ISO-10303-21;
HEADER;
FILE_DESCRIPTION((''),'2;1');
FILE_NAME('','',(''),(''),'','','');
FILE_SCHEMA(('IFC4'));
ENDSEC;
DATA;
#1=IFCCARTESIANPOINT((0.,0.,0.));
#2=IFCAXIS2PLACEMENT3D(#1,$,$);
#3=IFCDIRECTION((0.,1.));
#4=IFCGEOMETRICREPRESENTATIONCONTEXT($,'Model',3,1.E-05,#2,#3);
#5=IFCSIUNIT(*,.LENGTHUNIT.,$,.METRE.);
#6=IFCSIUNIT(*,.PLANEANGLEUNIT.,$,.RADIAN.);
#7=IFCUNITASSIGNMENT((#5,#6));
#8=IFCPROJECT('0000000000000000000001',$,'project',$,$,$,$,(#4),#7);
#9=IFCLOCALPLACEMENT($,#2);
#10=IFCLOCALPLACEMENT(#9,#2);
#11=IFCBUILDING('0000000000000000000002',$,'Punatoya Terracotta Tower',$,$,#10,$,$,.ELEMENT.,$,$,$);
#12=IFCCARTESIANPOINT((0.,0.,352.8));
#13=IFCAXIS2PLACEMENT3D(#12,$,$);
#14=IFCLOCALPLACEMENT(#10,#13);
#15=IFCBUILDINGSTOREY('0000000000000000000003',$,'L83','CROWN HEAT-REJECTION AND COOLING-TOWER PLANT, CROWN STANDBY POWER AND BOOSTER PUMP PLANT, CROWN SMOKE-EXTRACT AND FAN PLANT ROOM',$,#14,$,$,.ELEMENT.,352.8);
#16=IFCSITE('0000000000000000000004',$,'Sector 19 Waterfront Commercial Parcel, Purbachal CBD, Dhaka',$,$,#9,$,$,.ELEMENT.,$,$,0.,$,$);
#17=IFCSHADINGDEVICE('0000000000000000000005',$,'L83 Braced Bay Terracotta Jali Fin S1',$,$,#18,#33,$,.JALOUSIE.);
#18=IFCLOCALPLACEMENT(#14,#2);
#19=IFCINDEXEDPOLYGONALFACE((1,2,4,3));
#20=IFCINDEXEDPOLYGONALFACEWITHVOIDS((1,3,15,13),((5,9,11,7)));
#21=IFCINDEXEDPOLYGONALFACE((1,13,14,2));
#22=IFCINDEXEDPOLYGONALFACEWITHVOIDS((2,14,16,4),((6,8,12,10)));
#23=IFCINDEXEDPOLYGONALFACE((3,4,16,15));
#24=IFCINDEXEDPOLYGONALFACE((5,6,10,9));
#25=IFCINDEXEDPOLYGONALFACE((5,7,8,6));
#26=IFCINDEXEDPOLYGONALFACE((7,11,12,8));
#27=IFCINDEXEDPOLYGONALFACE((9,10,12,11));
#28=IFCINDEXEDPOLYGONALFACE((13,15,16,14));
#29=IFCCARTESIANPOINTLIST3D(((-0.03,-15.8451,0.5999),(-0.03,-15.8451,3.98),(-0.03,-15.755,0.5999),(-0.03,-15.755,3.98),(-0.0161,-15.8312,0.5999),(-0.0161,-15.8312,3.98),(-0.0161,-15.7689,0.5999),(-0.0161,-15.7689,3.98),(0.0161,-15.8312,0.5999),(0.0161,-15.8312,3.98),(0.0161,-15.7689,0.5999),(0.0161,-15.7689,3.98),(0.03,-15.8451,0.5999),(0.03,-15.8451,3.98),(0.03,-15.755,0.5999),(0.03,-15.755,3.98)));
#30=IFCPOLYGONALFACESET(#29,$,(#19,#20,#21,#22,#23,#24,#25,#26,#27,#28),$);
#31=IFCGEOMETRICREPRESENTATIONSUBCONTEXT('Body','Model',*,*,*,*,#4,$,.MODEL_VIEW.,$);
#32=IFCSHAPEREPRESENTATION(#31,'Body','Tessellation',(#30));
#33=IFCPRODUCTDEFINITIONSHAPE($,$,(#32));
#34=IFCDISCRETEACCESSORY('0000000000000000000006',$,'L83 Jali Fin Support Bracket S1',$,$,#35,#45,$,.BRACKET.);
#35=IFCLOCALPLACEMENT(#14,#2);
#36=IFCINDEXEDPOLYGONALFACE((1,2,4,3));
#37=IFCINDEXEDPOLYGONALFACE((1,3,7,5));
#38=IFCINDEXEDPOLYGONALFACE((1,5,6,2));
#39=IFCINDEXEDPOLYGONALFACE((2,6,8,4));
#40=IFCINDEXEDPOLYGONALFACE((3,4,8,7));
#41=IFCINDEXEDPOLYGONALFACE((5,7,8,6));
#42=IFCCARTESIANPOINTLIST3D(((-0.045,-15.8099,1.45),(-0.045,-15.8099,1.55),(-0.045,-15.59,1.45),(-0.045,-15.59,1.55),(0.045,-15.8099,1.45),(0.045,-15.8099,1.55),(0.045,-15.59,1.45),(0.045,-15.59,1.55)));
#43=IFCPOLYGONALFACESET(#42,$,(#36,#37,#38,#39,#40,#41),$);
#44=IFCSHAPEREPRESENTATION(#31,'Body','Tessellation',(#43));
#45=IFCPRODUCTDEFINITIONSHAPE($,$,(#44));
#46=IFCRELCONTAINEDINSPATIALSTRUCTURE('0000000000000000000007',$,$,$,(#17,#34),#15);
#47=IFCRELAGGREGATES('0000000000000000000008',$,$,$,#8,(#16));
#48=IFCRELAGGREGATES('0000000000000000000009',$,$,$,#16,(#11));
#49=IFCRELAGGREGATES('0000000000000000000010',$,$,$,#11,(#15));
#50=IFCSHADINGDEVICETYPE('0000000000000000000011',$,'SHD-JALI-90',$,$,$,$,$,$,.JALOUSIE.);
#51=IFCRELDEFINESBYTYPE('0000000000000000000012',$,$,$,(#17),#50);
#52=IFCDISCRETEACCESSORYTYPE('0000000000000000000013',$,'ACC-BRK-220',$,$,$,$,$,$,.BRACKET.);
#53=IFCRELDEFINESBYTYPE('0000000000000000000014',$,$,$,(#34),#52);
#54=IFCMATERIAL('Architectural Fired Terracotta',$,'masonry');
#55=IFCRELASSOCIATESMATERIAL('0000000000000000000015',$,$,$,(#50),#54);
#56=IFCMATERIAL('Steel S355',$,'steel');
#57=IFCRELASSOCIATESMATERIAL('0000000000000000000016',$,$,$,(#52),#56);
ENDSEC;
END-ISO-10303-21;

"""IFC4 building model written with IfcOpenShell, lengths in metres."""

from ifc_helpers import new_model, si_unit, direction, frame, origin, origin_2d, place, context, subcontext, project, spatial, rectangle, hollow_rectangle, extrude, material, material_profile, profile_set, type_object, element, save


model = new_model("IFC4")

# Units and contexts
model_context = context("Model", 3, precision=1e-05, world=origin(), true_north=direction((0.0, 1.0)))
body_context = subcontext(model_context, "Body", "Model", "MODEL_VIEW")
ifc_project = project(units=[si_unit("LENGTHUNIT", "METRE"), si_unit("PLANEANGLEUNIT", "RADIAN")], contexts=[model_context])

# Site, building, storey
site_placement = place(None, origin())
site = spatial("IfcSite", under=ifc_project, at=site_placement, Name="Sector 19 Waterfront Commercial Parcel, Purbachal CBD, Dhaka", CompositionType="ELEMENT", RefElevation=0.0)
building_placement = place(site_placement, origin())
building = spatial("IfcBuilding", under=site, at=building_placement, Name="Punatoya Terracotta Tower", CompositionType="ELEMENT")
storey_placement = place(building_placement, frame((0.0, 0.0, 352.8)))
storey = spatial("IfcBuildingStorey", under=building, at=storey_placement, Name="L83", Description="CROWN HEAT-REJECTION AND COOLING-TOWER PLANT, CROWN STANDBY POWER AND BOOSTER PUMP PLANT, CROWN SMOKE-EXTRACT AND FAN PLANT ROOM", CompositionType="ELEMENT", Elevation=352.8)

# Shared definitions
ifc_material_1 = material(Name="Steel S355", Category="steel")

# Shading device
ifc_material_2 = material(Name="Architectural Fired Terracotta", Category="masonry")
ifc_material_profile_1 = material_profile(ifc_material_2, hollow_rectangle(XDim=0.0601, YDim=0.0901, WallThickness=0.0139, at=origin_2d()))
ifc_profile_set_1 = profile_set([ifc_material_profile_1], Name="Architectural Fired Terracotta")
shading_device_type = type_object("IfcShadingDeviceType", Name="SHD-JALI-90", PredefinedType="JALOUSIE", material=ifc_profile_set_1)
shading_device_placement = place(storey_placement, frame((0.0, -15.8, 0.5999), z_axis=(0.0, 0.0, 1.0), x_axis=(1.0, 0.0, 0.0)))
element("IfcShadingDevice", 1, at=shading_device_placement, inside=storey, type_object=shading_device_type, Name="L83 Braced Bay Terracotta Jali Fin S1", PredefinedType="JALOUSIE", context=body_context, shape_type="SweptSolid", body=[
    extrude(hollow_rectangle(XDim=0.0601, YDim=0.0901, WallThickness=0.0139, at=origin_2d()), origin(), (0.0, 0.0, 1.0), 3.3801),
])

# Discrete accessory
discrete_accessory_type = type_object("IfcDiscreteAccessoryType", Name="ACC-BRK-220", PredefinedType="BRACKET", material=ifc_material_1)
discrete_accessory_placement = place(storey_placement, frame((0.0, -15.7, 1.45), z_axis=(0.0, 0.0, 1.0), x_axis=(1.0, 0.0, 0.0)))
element("IfcDiscreteAccessory", 2, at=discrete_accessory_placement, inside=storey, type_object=discrete_accessory_type, Name="L83 Jali Fin Support Bracket S1", PredefinedType="BRACKET", context=body_context, shape_type="SweptSolid", body=[
    extrude(rectangle(XDim=0.0901, YDim=0.22, at=origin_2d()), origin(), (0.0, 0.0, 1.0), 0.1001),
])

save(model, "model.ifc")
